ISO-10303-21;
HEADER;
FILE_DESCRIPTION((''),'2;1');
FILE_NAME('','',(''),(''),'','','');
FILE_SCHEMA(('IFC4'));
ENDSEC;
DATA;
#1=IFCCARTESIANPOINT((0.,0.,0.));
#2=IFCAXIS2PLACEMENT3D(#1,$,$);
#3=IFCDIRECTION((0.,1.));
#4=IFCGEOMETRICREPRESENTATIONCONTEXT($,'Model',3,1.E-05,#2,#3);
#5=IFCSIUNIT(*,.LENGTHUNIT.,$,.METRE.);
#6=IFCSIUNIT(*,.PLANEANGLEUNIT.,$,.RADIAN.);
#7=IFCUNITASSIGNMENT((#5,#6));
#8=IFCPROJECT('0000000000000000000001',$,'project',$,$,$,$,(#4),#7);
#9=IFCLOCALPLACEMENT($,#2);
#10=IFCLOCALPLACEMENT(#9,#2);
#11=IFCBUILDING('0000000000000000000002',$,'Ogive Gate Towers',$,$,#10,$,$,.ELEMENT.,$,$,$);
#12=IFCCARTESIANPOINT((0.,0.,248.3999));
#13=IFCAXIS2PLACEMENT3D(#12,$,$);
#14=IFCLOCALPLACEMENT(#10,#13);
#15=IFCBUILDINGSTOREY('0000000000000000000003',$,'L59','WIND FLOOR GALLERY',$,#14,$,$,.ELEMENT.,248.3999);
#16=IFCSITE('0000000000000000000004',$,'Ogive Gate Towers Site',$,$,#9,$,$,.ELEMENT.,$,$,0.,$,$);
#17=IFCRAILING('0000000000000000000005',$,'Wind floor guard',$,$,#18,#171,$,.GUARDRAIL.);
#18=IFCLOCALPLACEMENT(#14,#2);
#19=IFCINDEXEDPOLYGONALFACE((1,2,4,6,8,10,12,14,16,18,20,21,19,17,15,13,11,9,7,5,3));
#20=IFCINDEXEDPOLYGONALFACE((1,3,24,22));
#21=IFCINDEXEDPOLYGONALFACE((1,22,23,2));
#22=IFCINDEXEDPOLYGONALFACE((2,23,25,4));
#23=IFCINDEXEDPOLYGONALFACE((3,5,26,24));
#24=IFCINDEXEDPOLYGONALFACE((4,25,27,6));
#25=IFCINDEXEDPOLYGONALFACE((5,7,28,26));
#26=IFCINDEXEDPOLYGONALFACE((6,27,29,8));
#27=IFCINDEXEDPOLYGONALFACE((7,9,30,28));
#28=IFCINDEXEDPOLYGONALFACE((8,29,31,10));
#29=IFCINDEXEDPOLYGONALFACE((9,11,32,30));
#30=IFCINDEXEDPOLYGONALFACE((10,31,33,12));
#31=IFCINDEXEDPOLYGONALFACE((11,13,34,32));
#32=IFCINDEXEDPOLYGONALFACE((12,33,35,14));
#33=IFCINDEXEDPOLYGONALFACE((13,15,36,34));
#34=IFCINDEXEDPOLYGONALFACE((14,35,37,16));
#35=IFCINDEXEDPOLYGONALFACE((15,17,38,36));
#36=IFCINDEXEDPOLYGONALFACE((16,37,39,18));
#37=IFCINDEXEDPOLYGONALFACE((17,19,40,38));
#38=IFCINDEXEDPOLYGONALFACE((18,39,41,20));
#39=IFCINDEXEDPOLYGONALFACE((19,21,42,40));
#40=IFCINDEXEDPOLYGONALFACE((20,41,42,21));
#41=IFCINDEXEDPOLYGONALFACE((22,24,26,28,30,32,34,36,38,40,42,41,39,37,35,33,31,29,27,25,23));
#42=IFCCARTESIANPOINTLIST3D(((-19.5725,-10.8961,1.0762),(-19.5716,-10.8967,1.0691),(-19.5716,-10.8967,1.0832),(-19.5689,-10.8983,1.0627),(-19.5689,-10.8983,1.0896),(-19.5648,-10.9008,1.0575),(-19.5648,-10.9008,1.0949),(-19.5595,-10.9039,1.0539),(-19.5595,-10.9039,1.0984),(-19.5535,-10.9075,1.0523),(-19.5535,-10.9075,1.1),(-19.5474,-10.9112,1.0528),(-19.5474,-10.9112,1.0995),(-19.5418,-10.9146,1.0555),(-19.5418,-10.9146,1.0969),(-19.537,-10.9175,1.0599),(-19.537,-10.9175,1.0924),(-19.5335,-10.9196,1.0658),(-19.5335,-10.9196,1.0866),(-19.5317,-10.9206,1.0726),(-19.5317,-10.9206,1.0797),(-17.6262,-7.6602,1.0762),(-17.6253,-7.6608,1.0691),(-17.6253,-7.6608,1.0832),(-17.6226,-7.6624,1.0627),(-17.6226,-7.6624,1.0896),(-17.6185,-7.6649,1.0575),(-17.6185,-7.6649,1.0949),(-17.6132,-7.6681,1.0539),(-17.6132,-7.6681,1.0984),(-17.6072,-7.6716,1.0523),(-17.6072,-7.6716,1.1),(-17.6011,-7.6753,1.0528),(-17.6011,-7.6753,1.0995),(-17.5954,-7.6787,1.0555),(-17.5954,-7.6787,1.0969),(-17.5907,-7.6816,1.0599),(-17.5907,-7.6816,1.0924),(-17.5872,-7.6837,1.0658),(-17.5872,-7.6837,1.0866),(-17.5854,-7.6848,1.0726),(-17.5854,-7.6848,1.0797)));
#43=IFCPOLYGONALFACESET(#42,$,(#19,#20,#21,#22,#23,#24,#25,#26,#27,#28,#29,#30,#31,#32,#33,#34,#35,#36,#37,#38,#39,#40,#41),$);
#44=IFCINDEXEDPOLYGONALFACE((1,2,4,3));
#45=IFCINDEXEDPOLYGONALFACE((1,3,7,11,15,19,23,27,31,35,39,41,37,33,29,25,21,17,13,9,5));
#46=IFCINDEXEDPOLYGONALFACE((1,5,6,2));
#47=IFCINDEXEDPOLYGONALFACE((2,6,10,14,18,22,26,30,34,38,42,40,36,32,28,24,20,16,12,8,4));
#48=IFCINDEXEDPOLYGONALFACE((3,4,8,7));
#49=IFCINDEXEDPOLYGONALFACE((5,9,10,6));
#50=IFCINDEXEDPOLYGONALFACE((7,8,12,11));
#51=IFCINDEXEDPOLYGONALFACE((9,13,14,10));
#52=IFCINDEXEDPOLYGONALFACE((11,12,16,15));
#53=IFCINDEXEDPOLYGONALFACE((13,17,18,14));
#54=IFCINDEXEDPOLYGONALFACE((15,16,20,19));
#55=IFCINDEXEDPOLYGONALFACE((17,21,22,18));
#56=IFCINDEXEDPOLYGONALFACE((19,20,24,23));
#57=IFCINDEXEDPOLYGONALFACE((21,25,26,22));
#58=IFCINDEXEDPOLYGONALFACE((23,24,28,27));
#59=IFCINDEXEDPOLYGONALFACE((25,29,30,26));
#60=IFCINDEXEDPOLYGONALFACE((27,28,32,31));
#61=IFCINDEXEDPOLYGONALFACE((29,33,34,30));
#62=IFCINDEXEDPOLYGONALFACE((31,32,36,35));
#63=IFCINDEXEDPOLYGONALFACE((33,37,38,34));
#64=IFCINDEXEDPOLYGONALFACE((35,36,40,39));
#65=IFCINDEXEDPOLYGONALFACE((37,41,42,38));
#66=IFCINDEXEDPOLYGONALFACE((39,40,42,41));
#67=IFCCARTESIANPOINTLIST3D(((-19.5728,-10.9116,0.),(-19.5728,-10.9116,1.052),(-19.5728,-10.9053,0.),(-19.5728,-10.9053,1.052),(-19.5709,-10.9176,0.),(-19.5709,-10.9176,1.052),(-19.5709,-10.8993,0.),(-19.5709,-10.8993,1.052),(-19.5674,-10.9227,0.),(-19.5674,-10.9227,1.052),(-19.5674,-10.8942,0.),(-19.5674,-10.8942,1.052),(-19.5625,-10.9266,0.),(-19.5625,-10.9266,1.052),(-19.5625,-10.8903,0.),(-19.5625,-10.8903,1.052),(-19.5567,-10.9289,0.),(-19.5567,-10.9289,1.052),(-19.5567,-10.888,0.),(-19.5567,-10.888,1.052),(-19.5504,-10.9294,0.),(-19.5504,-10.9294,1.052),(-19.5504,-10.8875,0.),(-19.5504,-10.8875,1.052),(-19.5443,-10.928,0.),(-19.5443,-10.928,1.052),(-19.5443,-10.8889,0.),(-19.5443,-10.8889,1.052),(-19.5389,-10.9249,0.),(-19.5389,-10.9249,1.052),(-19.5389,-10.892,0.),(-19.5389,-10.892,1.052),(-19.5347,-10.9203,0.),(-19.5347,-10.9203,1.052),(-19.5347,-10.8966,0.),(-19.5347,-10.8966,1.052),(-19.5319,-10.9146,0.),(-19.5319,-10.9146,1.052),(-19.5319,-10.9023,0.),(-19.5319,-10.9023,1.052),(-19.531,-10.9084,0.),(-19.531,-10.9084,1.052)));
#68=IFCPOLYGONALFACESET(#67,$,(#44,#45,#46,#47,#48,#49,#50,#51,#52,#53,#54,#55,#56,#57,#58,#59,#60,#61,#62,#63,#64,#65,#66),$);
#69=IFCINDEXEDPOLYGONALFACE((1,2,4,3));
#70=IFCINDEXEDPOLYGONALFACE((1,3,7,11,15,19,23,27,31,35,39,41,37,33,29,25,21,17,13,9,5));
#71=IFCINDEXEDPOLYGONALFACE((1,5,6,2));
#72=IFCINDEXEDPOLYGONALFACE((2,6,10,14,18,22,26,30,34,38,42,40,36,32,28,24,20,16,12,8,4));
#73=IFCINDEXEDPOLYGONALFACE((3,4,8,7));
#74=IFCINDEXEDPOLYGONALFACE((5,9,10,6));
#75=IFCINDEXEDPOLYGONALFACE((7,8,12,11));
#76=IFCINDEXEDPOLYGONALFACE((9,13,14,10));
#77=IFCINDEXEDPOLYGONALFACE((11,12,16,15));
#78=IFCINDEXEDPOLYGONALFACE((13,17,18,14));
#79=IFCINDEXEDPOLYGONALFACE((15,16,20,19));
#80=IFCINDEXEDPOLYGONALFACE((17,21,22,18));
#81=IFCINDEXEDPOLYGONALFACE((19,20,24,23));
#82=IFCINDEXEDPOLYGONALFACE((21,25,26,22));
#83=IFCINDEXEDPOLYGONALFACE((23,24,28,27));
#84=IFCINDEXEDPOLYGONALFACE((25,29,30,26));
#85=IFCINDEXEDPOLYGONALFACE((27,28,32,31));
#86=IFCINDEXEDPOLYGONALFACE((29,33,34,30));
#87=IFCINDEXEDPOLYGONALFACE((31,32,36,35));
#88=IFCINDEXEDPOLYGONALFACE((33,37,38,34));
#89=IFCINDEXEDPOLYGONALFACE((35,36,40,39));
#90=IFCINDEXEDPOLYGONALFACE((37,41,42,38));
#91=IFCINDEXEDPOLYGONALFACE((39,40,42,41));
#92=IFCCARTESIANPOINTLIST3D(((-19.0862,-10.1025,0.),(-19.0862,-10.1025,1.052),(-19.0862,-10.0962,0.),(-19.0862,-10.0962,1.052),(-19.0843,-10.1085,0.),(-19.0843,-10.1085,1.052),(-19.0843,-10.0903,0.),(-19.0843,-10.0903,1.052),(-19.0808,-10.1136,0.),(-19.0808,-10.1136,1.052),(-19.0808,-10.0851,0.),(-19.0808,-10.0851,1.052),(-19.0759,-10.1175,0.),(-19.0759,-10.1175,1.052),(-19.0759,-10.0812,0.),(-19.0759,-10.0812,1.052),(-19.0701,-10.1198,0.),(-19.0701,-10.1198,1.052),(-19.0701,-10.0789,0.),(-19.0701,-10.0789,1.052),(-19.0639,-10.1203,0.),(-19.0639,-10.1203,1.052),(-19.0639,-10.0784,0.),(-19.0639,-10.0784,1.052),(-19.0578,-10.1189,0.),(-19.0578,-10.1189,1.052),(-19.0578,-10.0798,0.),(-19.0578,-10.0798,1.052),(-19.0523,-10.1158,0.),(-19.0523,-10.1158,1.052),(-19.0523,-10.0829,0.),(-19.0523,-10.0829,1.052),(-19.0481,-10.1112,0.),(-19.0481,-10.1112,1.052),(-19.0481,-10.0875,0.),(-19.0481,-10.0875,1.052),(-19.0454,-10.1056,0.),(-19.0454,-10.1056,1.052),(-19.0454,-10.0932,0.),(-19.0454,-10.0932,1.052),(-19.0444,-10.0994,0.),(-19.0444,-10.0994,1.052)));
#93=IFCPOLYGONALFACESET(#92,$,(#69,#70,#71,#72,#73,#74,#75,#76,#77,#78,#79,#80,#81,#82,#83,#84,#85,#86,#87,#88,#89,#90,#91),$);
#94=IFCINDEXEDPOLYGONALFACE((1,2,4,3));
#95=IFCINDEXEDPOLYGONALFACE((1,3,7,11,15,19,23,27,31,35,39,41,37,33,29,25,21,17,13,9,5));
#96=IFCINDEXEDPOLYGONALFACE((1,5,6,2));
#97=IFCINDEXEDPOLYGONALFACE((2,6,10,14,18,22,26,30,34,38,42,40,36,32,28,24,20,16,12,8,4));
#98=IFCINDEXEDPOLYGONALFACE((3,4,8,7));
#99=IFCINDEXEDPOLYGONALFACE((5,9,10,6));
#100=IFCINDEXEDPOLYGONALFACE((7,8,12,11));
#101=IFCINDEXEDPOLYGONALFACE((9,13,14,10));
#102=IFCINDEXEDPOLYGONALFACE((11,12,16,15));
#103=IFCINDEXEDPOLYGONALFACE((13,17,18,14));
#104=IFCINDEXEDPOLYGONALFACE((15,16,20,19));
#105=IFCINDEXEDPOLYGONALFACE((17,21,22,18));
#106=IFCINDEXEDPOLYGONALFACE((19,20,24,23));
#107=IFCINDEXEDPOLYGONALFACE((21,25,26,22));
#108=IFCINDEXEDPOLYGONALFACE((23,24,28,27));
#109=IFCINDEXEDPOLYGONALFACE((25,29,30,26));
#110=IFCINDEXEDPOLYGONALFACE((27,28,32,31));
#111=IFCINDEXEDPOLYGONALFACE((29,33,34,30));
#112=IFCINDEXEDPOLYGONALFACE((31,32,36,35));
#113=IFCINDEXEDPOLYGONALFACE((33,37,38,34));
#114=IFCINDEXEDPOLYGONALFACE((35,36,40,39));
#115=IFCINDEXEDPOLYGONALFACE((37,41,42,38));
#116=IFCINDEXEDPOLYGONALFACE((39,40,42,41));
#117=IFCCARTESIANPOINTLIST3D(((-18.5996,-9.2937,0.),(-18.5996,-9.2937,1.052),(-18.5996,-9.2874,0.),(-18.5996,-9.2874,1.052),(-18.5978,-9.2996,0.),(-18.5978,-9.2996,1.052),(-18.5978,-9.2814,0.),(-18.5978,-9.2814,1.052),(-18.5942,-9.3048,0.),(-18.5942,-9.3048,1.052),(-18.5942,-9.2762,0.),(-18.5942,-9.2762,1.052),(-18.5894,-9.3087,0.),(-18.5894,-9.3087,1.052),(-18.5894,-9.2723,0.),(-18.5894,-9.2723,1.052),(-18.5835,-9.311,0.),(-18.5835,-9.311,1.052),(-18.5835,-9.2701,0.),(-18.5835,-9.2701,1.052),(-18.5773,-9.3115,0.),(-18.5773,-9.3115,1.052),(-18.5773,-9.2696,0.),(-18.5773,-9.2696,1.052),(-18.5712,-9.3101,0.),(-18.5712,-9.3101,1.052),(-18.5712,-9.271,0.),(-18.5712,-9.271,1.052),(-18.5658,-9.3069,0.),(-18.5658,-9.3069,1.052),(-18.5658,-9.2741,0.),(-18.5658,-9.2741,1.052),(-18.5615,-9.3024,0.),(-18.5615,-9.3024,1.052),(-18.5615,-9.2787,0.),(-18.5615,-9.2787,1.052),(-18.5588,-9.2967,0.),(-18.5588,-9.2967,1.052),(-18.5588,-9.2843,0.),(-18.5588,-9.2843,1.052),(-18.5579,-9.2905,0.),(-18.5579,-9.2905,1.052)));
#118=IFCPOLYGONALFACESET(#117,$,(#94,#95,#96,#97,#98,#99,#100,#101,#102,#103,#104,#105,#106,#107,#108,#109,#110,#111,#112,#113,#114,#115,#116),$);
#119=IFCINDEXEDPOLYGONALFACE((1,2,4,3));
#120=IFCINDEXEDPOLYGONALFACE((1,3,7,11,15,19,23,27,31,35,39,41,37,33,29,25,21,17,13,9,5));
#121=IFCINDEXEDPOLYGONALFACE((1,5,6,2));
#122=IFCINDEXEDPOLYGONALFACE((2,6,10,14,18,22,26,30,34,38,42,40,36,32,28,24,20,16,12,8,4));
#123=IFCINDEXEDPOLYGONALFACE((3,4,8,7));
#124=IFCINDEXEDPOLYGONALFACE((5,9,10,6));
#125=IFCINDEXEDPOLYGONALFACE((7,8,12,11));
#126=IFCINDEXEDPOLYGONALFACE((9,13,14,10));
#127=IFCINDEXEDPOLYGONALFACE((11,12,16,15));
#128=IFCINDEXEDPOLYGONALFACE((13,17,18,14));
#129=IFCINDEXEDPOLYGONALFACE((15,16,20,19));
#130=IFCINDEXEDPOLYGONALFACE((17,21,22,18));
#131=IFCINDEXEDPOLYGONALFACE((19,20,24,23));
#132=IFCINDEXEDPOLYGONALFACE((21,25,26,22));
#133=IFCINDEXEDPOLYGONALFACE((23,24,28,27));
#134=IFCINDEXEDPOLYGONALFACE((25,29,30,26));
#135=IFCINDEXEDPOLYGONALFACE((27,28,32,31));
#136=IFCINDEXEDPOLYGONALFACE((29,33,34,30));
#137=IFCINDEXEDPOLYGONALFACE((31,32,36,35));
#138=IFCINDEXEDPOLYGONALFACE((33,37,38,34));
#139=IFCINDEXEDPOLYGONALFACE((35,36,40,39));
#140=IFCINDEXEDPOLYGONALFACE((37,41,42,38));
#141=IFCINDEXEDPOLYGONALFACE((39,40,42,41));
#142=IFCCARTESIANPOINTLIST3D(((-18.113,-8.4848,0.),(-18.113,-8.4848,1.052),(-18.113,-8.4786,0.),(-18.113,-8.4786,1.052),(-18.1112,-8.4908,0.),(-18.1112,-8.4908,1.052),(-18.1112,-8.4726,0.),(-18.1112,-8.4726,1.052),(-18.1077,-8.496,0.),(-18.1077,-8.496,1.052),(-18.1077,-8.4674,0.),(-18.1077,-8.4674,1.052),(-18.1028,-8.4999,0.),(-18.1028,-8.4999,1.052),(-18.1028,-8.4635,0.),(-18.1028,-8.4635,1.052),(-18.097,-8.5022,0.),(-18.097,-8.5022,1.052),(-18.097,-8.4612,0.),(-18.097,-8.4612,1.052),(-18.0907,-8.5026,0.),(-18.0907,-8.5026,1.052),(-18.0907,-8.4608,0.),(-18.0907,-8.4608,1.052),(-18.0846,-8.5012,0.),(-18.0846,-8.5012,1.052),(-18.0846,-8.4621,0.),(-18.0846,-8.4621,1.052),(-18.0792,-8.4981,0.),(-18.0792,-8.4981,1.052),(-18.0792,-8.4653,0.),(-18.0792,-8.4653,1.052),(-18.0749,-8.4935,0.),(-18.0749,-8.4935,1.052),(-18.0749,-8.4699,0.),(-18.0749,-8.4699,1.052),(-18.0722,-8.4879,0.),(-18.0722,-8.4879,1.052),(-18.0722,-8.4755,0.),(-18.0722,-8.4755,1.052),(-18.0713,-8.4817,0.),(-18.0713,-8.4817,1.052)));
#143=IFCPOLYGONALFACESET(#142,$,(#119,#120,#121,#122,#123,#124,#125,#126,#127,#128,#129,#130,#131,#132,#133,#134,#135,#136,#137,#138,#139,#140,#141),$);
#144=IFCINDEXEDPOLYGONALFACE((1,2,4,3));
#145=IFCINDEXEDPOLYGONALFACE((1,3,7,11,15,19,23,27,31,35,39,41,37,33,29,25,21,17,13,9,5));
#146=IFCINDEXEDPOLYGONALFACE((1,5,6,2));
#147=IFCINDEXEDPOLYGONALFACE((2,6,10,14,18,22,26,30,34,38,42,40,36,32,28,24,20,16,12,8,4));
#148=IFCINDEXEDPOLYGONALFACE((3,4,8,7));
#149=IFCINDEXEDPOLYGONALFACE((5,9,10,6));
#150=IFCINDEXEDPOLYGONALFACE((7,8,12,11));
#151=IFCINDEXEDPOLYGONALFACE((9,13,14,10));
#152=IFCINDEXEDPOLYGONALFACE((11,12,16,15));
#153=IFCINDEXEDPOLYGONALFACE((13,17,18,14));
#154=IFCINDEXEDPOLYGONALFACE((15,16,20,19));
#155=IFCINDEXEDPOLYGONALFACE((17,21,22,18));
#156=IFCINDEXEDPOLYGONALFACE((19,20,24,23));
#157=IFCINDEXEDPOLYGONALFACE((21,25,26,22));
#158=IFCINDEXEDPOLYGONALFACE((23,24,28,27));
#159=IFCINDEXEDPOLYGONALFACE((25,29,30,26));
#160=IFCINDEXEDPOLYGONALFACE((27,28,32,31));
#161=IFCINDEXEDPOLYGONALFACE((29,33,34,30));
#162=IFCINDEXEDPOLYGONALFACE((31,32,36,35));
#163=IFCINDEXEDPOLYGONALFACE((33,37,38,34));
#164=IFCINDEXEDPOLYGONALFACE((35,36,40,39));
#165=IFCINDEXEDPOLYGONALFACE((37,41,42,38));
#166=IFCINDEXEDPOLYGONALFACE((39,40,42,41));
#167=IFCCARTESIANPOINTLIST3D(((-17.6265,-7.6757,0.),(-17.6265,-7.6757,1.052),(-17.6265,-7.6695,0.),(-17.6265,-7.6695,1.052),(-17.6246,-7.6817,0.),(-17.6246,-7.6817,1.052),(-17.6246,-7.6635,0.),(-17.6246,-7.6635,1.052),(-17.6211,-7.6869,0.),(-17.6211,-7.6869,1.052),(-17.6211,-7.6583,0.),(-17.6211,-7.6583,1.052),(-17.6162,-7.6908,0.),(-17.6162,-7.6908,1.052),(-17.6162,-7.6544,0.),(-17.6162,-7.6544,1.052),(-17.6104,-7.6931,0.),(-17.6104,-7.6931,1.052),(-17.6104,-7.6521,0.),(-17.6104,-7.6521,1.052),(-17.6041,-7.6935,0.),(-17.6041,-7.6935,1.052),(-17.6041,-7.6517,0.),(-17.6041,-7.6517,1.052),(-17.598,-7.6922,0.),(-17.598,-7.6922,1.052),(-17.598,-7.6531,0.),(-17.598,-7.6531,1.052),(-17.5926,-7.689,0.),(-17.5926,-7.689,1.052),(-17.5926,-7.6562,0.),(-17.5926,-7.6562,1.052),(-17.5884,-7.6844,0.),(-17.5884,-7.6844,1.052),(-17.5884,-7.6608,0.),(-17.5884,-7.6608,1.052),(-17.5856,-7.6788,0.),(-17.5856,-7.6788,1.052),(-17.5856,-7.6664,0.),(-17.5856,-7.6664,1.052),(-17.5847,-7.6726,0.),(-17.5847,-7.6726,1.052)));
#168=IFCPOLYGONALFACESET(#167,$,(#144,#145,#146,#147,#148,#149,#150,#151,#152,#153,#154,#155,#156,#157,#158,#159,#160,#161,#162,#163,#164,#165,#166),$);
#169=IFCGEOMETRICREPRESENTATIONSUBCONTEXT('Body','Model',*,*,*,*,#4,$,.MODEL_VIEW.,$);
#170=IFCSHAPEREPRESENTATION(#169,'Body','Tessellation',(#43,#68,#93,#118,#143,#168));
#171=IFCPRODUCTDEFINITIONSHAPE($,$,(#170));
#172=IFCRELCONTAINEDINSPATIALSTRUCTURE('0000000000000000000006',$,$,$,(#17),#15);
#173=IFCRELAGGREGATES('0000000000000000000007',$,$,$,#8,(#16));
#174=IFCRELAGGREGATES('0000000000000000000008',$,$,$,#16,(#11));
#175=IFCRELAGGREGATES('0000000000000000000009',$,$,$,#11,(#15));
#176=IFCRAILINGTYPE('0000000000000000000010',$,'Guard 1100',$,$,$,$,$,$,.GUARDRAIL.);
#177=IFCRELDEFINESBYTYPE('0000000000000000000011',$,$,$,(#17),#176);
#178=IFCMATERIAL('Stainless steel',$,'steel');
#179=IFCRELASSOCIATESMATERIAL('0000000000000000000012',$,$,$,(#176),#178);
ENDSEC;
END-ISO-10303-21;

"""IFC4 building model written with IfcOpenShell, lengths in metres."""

from ifc_helpers import new_model, si_unit, direction, frame, origin, origin_2d, place, context, subcontext, project, spatial, circle, extrude, material, type_object, element, save


model = new_model("IFC4")

# Units and contexts
model_context = context("Model", 3, precision=1e-05, world=origin(), true_north=direction((0.0, 1.0)))
body_context = subcontext(model_context, "Body", "Model", "MODEL_VIEW")
ifc_project = project(units=[si_unit("LENGTHUNIT", "METRE"), si_unit("PLANEANGLEUNIT", "RADIAN")], contexts=[model_context])

# Site, building, storey
site_placement = place(None, origin())
site = spatial("IfcSite", under=ifc_project, at=site_placement, Name="Ogive Gate Towers Site", CompositionType="ELEMENT", RefElevation=0.0)
building_placement = place(site_placement, origin())
building = spatial("IfcBuilding", under=site, at=building_placement, Name="Ogive Gate Towers", CompositionType="ELEMENT")
storey_placement = place(building_placement, frame((0.0, 0.0, 248.3999)))
storey = spatial("IfcBuildingStorey", under=building, at=storey_placement, Name="L59", Description="WIND FLOOR GALLERY", CompositionType="ELEMENT", Elevation=248.3999)

# Railing
ifc_material_1 = material(Name="Stainless steel", Category="steel")
railing_type_1 = type_object("IfcRailingType", Name="Guard 1100", PredefinedType="GUARDRAIL", material=ifc_material_1)
railing_1_placement = place(storey_placement, frame((-19.552, -10.9084, 0.0)))
element("IfcRailing", 1, at=railing_1_placement, inside=storey, type_object=railing_type_1, Name="Wind floor guard", PredefinedType="GUARDRAIL", context=body_context, shape_type="SweptSolid", body=[
    extrude(circle(Radius=0.0239, at=origin_2d()), frame((0.0, 0.0, 1.0762), z_axis=(0.515427, 0.856933, 0.0), x_axis=(-0.856933, 0.515427, 0.0)), (0.0, 0.0, 1.0), 3.7761),
    extrude(circle(Radius=0.021, at=origin_2d()), origin(), (0.0, 0.0, 1.0), 1.052),
    extrude(circle(Radius=0.021, at=origin_2d()), frame((0.4866, 0.8091, 0.0)), (0.0, 0.0, 1.0), 1.052),
    extrude(circle(Radius=0.021, at=origin_2d()), frame((0.9731, 1.6179, 0.0)), (0.0, 0.0, 1.0), 1.052),
    extrude(circle(Radius=0.021, at=origin_2d()), frame((1.4597, 2.4268, 0.0)), (0.0, 0.0, 1.0), 1.052),
    extrude(circle(Radius=0.021, at=origin_2d()), frame((1.9463, 3.2358, 0.0)), (0.0, 0.0, 1.0), 1.052),
])

save(model, "model.ifc")
